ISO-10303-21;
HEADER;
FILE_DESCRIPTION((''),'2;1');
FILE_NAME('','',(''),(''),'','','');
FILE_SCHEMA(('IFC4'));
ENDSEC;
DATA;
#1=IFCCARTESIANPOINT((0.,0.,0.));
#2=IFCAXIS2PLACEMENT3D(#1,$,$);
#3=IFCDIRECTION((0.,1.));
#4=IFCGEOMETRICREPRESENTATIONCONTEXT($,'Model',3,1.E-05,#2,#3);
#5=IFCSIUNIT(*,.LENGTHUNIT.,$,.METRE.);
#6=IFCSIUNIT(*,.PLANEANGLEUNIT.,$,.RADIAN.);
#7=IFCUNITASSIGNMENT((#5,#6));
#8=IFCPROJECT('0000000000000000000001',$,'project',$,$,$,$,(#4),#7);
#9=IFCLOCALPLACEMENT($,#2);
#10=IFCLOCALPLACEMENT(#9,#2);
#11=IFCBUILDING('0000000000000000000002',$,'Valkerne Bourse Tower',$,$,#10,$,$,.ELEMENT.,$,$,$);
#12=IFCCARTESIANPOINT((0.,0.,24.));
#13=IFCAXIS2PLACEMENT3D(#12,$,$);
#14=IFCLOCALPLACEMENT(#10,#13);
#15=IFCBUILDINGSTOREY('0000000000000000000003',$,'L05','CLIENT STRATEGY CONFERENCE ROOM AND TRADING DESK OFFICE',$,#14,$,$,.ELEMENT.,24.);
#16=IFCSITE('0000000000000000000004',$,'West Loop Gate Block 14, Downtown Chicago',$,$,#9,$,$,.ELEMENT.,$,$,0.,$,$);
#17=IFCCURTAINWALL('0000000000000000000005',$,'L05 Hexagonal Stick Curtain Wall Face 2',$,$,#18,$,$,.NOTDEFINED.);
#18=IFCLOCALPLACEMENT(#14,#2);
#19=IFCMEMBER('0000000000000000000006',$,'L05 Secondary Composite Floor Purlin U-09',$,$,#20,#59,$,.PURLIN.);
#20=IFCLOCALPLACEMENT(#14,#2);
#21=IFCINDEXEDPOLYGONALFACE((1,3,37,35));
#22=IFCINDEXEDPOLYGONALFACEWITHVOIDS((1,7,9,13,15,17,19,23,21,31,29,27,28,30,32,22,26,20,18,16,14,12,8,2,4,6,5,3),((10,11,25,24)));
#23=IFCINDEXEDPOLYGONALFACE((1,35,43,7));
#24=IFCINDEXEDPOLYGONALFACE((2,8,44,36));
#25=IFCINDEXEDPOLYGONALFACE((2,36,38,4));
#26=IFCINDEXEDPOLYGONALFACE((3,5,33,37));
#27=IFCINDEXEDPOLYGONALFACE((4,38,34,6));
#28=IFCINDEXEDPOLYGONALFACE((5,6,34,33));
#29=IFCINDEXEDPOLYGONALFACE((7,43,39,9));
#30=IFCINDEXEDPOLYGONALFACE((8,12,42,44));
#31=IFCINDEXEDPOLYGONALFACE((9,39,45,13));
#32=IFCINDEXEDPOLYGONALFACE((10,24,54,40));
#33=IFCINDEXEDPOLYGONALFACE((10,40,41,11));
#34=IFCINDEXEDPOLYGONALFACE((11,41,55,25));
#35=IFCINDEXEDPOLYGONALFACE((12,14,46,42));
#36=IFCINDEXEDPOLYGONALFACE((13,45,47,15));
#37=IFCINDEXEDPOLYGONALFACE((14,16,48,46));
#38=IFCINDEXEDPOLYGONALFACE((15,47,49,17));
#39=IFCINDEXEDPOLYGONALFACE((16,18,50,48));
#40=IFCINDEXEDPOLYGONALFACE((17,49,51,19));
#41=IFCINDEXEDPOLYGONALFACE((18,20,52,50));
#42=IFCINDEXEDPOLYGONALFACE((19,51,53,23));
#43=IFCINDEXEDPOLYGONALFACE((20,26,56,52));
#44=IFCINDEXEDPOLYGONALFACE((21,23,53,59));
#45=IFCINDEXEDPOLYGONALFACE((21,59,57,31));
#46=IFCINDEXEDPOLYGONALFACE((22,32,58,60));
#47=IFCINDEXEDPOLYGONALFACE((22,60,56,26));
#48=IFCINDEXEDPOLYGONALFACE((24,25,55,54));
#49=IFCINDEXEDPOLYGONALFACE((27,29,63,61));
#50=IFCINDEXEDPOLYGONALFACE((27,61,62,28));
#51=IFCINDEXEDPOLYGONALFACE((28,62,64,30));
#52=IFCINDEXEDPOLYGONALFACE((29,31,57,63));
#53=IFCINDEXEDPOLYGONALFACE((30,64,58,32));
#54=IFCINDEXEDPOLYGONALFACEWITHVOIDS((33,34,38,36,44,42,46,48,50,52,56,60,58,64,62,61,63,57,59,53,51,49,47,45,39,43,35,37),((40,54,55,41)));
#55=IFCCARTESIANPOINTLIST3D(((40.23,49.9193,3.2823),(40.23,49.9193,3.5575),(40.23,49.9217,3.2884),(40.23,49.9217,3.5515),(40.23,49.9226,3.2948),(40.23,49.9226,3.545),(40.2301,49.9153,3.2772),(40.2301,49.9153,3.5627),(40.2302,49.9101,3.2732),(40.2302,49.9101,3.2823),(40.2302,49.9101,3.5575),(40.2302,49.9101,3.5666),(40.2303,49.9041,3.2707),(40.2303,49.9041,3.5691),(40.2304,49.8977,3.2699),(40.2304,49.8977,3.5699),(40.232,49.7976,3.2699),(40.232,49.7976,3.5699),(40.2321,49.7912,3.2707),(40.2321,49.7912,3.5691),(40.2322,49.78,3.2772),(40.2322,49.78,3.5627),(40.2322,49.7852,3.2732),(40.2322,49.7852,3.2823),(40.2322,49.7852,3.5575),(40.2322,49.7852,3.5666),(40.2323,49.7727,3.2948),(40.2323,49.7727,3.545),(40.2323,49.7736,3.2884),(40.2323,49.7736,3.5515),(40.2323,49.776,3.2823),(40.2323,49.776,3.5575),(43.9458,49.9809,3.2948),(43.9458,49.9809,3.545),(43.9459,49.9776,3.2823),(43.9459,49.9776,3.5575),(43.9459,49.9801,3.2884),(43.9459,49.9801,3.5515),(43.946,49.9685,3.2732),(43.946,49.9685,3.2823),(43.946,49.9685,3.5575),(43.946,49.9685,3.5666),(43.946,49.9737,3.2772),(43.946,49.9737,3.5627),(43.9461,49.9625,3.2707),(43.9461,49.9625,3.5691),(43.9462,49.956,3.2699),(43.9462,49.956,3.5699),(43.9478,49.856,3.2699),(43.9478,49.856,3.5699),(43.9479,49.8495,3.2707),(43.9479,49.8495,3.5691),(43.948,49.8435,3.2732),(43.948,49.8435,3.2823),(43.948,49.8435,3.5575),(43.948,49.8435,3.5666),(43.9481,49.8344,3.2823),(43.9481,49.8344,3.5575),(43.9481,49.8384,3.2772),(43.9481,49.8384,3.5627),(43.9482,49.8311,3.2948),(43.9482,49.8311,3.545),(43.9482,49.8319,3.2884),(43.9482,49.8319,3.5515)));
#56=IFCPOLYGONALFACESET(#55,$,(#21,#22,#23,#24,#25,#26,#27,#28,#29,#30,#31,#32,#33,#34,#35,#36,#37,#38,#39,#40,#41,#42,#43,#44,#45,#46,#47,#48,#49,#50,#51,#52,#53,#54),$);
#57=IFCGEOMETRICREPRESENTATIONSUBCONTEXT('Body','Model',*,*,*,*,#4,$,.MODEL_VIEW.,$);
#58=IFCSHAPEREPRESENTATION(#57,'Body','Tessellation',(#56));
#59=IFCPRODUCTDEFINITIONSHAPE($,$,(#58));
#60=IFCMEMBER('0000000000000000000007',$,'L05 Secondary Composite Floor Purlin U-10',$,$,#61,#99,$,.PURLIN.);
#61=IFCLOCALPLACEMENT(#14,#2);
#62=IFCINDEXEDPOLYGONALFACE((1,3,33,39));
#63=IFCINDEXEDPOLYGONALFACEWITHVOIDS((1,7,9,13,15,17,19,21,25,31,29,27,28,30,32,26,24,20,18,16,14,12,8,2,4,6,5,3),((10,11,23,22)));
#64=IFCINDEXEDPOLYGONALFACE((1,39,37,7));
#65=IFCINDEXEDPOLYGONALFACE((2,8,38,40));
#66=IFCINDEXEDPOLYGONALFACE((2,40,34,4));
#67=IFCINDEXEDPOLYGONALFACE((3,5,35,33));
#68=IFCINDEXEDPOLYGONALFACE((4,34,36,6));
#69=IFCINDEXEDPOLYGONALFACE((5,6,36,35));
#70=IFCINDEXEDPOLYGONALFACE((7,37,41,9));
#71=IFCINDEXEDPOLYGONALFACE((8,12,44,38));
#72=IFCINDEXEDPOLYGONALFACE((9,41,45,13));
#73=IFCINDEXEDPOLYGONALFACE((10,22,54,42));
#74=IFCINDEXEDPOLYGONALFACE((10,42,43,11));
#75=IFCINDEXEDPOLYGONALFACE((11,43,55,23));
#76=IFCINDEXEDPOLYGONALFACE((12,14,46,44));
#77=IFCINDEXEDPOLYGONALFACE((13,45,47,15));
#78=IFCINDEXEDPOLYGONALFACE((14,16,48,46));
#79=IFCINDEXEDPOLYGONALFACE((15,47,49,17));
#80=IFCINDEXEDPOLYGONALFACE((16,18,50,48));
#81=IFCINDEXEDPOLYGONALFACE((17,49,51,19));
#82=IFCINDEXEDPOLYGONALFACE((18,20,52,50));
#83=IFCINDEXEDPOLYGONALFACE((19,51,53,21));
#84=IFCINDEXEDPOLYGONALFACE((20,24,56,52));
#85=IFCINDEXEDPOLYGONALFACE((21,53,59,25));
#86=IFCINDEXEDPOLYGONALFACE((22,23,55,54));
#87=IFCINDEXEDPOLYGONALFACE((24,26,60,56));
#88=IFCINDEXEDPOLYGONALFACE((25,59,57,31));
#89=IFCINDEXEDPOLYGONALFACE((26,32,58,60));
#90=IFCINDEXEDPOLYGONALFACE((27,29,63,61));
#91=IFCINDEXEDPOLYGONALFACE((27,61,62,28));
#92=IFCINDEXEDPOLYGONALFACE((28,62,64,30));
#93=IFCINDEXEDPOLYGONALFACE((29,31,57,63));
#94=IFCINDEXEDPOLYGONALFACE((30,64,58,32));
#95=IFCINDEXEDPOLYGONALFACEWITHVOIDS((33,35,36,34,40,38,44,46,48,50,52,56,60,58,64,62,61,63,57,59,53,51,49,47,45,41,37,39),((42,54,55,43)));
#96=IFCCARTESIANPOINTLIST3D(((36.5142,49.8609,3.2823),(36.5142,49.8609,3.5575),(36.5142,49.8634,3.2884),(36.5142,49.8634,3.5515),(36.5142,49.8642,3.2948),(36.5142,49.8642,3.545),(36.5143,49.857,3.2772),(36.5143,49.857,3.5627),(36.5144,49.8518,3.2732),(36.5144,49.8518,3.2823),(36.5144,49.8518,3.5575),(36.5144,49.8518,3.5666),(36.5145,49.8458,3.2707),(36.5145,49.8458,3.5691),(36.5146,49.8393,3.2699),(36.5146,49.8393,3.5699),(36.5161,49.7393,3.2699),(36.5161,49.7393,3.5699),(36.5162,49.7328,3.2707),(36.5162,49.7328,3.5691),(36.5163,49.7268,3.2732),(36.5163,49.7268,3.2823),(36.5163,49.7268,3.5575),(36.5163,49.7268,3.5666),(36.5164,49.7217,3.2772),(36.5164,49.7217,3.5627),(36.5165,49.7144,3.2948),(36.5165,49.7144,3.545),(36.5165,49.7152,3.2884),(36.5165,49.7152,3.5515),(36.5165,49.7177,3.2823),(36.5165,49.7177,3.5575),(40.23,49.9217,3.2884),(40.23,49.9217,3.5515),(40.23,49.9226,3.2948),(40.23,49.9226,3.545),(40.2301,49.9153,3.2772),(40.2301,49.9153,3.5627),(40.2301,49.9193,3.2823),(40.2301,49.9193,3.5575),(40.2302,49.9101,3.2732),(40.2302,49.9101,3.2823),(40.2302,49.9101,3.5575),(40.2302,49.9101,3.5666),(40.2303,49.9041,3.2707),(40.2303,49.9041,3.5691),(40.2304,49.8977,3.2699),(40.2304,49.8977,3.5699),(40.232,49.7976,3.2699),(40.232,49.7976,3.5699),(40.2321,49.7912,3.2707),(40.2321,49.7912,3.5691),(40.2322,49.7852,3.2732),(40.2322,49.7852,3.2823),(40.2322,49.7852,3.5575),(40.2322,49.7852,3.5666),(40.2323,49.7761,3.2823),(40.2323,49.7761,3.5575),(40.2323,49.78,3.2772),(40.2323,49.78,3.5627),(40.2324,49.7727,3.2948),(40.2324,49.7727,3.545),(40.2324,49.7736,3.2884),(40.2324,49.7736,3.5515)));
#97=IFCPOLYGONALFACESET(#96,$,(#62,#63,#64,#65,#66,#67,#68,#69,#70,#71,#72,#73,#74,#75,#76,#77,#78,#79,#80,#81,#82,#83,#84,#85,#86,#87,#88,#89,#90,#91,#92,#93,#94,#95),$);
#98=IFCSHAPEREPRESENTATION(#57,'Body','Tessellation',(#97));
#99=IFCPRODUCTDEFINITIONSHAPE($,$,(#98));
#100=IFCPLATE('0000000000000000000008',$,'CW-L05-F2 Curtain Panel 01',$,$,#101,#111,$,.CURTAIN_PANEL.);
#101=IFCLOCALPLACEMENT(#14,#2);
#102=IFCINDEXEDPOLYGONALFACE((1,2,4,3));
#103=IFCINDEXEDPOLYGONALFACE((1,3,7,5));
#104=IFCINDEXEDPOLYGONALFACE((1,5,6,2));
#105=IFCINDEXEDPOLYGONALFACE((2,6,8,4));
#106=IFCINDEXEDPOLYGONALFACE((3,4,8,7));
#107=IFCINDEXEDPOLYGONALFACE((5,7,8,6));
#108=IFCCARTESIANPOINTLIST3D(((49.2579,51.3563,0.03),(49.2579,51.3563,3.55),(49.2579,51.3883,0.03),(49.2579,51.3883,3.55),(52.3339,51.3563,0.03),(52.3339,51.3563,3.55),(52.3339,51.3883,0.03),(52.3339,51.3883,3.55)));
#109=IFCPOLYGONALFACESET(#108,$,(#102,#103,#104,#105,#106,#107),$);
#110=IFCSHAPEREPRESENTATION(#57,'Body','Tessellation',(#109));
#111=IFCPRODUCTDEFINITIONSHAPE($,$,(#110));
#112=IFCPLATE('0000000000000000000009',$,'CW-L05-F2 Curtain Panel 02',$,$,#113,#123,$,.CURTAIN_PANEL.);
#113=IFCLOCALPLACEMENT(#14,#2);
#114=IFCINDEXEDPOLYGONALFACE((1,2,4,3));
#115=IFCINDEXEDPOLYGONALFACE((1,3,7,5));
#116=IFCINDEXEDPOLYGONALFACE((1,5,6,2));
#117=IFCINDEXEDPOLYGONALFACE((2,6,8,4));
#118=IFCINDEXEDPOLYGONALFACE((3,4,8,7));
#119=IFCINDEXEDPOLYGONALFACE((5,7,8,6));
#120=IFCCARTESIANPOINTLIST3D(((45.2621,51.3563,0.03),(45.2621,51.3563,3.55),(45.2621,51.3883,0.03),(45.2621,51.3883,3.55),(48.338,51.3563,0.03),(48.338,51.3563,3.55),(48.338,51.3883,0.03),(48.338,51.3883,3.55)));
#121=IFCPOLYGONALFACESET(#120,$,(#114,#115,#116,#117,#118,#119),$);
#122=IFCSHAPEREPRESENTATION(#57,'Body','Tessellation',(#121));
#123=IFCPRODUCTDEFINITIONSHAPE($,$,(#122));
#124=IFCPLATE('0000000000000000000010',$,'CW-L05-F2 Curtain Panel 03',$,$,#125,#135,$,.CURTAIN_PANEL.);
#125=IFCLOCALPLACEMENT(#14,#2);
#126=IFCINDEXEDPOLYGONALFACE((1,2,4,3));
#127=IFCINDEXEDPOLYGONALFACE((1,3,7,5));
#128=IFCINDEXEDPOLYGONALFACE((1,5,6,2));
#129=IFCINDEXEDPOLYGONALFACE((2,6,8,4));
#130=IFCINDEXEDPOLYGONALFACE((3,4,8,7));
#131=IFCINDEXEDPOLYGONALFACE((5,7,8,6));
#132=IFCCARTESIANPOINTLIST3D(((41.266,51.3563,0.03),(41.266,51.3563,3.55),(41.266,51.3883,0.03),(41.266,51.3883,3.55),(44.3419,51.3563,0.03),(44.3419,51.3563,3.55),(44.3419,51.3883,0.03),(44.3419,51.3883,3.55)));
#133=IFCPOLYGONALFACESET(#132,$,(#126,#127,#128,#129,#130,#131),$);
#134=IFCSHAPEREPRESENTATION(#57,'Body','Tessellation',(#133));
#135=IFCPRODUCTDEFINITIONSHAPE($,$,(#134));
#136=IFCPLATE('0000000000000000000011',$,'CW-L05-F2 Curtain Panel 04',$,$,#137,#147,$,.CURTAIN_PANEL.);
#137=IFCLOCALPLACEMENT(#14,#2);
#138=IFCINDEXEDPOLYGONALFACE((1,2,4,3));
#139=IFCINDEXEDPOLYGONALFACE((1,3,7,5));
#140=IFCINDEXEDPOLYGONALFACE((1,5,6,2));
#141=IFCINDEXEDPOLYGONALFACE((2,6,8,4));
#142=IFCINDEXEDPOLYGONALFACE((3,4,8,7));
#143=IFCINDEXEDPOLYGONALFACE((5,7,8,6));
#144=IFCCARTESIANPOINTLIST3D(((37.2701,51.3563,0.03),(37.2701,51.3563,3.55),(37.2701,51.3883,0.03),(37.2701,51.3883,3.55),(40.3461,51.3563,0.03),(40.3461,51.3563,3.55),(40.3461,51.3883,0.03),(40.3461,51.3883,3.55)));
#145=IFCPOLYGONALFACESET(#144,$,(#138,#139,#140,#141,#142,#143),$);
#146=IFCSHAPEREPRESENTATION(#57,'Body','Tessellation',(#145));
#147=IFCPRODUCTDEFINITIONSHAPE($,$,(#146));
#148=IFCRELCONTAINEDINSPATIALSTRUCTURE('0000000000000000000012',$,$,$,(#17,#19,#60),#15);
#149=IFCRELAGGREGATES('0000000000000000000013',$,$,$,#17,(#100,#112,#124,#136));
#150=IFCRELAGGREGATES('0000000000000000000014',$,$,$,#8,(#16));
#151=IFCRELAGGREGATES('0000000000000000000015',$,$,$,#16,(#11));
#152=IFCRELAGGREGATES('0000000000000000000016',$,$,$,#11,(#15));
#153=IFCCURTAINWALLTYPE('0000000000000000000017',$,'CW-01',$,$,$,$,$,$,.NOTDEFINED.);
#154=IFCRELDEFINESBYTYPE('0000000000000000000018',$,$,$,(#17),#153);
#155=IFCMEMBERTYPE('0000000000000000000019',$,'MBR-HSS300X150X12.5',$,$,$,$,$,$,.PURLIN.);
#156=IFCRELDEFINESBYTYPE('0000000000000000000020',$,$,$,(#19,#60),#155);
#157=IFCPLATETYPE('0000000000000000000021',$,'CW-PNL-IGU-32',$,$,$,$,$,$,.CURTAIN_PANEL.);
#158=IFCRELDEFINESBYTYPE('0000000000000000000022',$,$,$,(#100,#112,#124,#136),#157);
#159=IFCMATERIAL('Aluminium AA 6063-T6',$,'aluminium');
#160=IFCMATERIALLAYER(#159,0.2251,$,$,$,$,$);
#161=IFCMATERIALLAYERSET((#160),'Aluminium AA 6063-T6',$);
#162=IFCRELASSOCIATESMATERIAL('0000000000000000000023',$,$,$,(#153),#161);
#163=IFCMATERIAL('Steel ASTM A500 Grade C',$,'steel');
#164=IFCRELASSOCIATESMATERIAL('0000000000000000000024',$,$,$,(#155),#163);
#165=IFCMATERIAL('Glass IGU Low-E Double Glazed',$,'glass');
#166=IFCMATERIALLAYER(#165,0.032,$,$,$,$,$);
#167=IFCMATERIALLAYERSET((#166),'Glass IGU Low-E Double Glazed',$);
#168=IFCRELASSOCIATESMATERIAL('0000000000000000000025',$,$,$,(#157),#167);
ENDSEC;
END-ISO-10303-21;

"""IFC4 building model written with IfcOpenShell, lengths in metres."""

from ifc_helpers import new_model, si_unit, direction, frame, origin, origin_2d, place, context, subcontext, project, spatial, rectangle, hollow_rectangle, extrude, material, layer, layer_set, material_profile, profile_set, type_object, element, aggregate, save


model = new_model("IFC4")

# Units and contexts
model_context = context("Model", 3, precision=1e-05, world=origin(), true_north=direction((0.0, 1.0)))
body_context = subcontext(model_context, "Body", "Model", "MODEL_VIEW")
ifc_project = project(units=[si_unit("LENGTHUNIT", "METRE"), si_unit("PLANEANGLEUNIT", "RADIAN")], contexts=[model_context])

# Site, building, storey
site_placement = place(None, origin())
site = spatial("IfcSite", under=ifc_project, at=site_placement, Name="West Loop Gate Block 14, Downtown Chicago", CompositionType="ELEMENT", RefElevation=0.0)
building_placement = place(site_placement, origin())
building = spatial("IfcBuilding", under=site, at=building_placement, Name="Valkerne Bourse Tower", CompositionType="ELEMENT")
storey_placement = place(building_placement, frame((0.0, 0.0, 24.0)))
storey = spatial("IfcBuildingStorey", under=building, at=storey_placement, Name="L05", Description="CLIENT STRATEGY CONFERENCE ROOM AND TRADING DESK OFFICE", CompositionType="ELEMENT", Elevation=24.0)

# Curtain wall
ifc_material_1 = material(Name="Aluminium AA 6063-T6", Category="aluminium")
ifc_layer_1 = layer(ifc_material_1, 0.2251)
ifc_layer_set_1 = layer_set([ifc_layer_1], Name="Aluminium AA 6063-T6")
curtain_wall_type = type_object("IfcCurtainWallType", Name="CW-01", PredefinedType="NOTDEFINED", material=ifc_layer_set_1)
curtain_wall_placement = place(storey_placement, origin())
curtain_wall = element("IfcCurtainWall", 1, at=curtain_wall_placement, inside=storey, type_object=curtain_wall_type, Name="L05 Hexagonal Stick Curtain Wall Face 2", PredefinedType="NOTDEFINED")

# Members
ifc_material_2 = material(Name="Steel ASTM A500 Grade C", Category="steel")
ifc_material_profile_1 = material_profile(ifc_material_2, hollow_rectangle(XDim=0.1499, YDim=0.3, WallThickness=0.0125, OuterFilletRadius=0.0249, at=origin_2d()), Name="HSS300X150X12.5")
ifc_profile_set_1 = profile_set([ifc_material_profile_1], Name="Steel ASTM A500 Grade C")
member_type_1 = type_object("IfcMemberType", Name="MBR-HSS300X150X12.5", PredefinedType="PURLIN", material=ifc_profile_set_1)
for number, where, z_axis, x_axis, name in (
    (2, (43.947, 49.906, 3.4199), (-0.999877, -0.015701, 0.0), (0.015701, -0.999877, 0.0), "L05 Secondary Composite Floor Purlin U-09"),
    (3, (40.2312, 49.8477, 3.4199), (-0.999877, -0.015701, 0.0), (0.015701, -0.999877, 0.0), "L05 Secondary Composite Floor Purlin U-10"),
):
    element("IfcMember", number, at=place(storey_placement, frame(where, z_axis=z_axis, x_axis=x_axis)), inside=storey, type_object=member_type_1, Name=name, PredefinedType="PURLIN", context=body_context, shape_type="SweptSolid", body=[
        extrude(hollow_rectangle(XDim=0.1499, YDim=0.3, WallThickness=0.0125, OuterFilletRadius=0.0249, at=origin_2d()), origin(), (0.0, 0.0, 1.0), 3.7163),
    ])

# Plates
ifc_material_3 = material(Name="Glass IGU Low-E Double Glazed", Category="glass")
ifc_layer_2 = layer(ifc_material_3, 0.032)
ifc_layer_set_2 = layer_set([ifc_layer_2], Name="Glass IGU Low-E Double Glazed")
plate_type = type_object("IfcPlateType", Name="CW-PNL-IGU-32", PredefinedType="CURTAIN_PANEL", material=ifc_layer_set_2)
plate_1_placement = place(storey_placement, frame((50.7959, 51.3723, 0.03), z_axis=(0.0, 0.0, 1.0), x_axis=(-1.0, 0.0, 0.0)))
plate_1 = element("IfcPlate", 4, at=plate_1_placement, type_object=plate_type, Name="CW-L05-F2 Curtain Panel 01", PredefinedType="CURTAIN_PANEL", context=body_context, shape_type="SweptSolid", body=[
    extrude(rectangle(XDim=3.0759, YDim=0.032, at=origin_2d()), origin(), (0.0, 0.0, 1.0), 3.52),
])
plate_2_placement = place(storey_placement, frame((46.8, 51.3723, 0.03), z_axis=(0.0, 0.0, 1.0), x_axis=(-1.0, 0.0, 0.0)))
plate_2 = element("IfcPlate", 5, at=plate_2_placement, type_object=plate_type, Name="CW-L05-F2 Curtain Panel 02", PredefinedType="CURTAIN_PANEL", context=body_context, shape_type="SweptSolid", body=[
    extrude(rectangle(XDim=3.0759, YDim=0.032, at=origin_2d()), origin(), (0.0, 0.0, 1.0), 3.52),
])
plate_3_placement = place(storey_placement, frame((42.804, 51.3723, 0.03), z_axis=(0.0, 0.0, 1.0), x_axis=(-1.0, 0.0, 0.0)))
plate_3 = element("IfcPlate", 6, at=plate_3_placement, type_object=plate_type, Name="CW-L05-F2 Curtain Panel 03", PredefinedType="CURTAIN_PANEL", context=body_context, shape_type="SweptSolid", body=[
    extrude(rectangle(XDim=3.0759, YDim=0.032, at=origin_2d()), origin(), (0.0, 0.0, 1.0), 3.52),
])
plate_4_placement = place(storey_placement, frame((38.8081, 51.3723, 0.03), z_axis=(0.0, 0.0, 1.0), x_axis=(-1.0, 0.0, 0.0)))
plate_4 = element("IfcPlate", 7, at=plate_4_placement, type_object=plate_type, Name="CW-L05-F2 Curtain Panel 04", PredefinedType="CURTAIN_PANEL", context=body_context, shape_type="SweptSolid", body=[
    extrude(rectangle(XDim=3.0759, YDim=0.032, at=origin_2d()), origin(), (0.0, 0.0, 1.0), 3.52),
])
aggregate(curtain_wall, [plate_1, plate_2, plate_3, plate_4])

save(model, "model.ifc")
